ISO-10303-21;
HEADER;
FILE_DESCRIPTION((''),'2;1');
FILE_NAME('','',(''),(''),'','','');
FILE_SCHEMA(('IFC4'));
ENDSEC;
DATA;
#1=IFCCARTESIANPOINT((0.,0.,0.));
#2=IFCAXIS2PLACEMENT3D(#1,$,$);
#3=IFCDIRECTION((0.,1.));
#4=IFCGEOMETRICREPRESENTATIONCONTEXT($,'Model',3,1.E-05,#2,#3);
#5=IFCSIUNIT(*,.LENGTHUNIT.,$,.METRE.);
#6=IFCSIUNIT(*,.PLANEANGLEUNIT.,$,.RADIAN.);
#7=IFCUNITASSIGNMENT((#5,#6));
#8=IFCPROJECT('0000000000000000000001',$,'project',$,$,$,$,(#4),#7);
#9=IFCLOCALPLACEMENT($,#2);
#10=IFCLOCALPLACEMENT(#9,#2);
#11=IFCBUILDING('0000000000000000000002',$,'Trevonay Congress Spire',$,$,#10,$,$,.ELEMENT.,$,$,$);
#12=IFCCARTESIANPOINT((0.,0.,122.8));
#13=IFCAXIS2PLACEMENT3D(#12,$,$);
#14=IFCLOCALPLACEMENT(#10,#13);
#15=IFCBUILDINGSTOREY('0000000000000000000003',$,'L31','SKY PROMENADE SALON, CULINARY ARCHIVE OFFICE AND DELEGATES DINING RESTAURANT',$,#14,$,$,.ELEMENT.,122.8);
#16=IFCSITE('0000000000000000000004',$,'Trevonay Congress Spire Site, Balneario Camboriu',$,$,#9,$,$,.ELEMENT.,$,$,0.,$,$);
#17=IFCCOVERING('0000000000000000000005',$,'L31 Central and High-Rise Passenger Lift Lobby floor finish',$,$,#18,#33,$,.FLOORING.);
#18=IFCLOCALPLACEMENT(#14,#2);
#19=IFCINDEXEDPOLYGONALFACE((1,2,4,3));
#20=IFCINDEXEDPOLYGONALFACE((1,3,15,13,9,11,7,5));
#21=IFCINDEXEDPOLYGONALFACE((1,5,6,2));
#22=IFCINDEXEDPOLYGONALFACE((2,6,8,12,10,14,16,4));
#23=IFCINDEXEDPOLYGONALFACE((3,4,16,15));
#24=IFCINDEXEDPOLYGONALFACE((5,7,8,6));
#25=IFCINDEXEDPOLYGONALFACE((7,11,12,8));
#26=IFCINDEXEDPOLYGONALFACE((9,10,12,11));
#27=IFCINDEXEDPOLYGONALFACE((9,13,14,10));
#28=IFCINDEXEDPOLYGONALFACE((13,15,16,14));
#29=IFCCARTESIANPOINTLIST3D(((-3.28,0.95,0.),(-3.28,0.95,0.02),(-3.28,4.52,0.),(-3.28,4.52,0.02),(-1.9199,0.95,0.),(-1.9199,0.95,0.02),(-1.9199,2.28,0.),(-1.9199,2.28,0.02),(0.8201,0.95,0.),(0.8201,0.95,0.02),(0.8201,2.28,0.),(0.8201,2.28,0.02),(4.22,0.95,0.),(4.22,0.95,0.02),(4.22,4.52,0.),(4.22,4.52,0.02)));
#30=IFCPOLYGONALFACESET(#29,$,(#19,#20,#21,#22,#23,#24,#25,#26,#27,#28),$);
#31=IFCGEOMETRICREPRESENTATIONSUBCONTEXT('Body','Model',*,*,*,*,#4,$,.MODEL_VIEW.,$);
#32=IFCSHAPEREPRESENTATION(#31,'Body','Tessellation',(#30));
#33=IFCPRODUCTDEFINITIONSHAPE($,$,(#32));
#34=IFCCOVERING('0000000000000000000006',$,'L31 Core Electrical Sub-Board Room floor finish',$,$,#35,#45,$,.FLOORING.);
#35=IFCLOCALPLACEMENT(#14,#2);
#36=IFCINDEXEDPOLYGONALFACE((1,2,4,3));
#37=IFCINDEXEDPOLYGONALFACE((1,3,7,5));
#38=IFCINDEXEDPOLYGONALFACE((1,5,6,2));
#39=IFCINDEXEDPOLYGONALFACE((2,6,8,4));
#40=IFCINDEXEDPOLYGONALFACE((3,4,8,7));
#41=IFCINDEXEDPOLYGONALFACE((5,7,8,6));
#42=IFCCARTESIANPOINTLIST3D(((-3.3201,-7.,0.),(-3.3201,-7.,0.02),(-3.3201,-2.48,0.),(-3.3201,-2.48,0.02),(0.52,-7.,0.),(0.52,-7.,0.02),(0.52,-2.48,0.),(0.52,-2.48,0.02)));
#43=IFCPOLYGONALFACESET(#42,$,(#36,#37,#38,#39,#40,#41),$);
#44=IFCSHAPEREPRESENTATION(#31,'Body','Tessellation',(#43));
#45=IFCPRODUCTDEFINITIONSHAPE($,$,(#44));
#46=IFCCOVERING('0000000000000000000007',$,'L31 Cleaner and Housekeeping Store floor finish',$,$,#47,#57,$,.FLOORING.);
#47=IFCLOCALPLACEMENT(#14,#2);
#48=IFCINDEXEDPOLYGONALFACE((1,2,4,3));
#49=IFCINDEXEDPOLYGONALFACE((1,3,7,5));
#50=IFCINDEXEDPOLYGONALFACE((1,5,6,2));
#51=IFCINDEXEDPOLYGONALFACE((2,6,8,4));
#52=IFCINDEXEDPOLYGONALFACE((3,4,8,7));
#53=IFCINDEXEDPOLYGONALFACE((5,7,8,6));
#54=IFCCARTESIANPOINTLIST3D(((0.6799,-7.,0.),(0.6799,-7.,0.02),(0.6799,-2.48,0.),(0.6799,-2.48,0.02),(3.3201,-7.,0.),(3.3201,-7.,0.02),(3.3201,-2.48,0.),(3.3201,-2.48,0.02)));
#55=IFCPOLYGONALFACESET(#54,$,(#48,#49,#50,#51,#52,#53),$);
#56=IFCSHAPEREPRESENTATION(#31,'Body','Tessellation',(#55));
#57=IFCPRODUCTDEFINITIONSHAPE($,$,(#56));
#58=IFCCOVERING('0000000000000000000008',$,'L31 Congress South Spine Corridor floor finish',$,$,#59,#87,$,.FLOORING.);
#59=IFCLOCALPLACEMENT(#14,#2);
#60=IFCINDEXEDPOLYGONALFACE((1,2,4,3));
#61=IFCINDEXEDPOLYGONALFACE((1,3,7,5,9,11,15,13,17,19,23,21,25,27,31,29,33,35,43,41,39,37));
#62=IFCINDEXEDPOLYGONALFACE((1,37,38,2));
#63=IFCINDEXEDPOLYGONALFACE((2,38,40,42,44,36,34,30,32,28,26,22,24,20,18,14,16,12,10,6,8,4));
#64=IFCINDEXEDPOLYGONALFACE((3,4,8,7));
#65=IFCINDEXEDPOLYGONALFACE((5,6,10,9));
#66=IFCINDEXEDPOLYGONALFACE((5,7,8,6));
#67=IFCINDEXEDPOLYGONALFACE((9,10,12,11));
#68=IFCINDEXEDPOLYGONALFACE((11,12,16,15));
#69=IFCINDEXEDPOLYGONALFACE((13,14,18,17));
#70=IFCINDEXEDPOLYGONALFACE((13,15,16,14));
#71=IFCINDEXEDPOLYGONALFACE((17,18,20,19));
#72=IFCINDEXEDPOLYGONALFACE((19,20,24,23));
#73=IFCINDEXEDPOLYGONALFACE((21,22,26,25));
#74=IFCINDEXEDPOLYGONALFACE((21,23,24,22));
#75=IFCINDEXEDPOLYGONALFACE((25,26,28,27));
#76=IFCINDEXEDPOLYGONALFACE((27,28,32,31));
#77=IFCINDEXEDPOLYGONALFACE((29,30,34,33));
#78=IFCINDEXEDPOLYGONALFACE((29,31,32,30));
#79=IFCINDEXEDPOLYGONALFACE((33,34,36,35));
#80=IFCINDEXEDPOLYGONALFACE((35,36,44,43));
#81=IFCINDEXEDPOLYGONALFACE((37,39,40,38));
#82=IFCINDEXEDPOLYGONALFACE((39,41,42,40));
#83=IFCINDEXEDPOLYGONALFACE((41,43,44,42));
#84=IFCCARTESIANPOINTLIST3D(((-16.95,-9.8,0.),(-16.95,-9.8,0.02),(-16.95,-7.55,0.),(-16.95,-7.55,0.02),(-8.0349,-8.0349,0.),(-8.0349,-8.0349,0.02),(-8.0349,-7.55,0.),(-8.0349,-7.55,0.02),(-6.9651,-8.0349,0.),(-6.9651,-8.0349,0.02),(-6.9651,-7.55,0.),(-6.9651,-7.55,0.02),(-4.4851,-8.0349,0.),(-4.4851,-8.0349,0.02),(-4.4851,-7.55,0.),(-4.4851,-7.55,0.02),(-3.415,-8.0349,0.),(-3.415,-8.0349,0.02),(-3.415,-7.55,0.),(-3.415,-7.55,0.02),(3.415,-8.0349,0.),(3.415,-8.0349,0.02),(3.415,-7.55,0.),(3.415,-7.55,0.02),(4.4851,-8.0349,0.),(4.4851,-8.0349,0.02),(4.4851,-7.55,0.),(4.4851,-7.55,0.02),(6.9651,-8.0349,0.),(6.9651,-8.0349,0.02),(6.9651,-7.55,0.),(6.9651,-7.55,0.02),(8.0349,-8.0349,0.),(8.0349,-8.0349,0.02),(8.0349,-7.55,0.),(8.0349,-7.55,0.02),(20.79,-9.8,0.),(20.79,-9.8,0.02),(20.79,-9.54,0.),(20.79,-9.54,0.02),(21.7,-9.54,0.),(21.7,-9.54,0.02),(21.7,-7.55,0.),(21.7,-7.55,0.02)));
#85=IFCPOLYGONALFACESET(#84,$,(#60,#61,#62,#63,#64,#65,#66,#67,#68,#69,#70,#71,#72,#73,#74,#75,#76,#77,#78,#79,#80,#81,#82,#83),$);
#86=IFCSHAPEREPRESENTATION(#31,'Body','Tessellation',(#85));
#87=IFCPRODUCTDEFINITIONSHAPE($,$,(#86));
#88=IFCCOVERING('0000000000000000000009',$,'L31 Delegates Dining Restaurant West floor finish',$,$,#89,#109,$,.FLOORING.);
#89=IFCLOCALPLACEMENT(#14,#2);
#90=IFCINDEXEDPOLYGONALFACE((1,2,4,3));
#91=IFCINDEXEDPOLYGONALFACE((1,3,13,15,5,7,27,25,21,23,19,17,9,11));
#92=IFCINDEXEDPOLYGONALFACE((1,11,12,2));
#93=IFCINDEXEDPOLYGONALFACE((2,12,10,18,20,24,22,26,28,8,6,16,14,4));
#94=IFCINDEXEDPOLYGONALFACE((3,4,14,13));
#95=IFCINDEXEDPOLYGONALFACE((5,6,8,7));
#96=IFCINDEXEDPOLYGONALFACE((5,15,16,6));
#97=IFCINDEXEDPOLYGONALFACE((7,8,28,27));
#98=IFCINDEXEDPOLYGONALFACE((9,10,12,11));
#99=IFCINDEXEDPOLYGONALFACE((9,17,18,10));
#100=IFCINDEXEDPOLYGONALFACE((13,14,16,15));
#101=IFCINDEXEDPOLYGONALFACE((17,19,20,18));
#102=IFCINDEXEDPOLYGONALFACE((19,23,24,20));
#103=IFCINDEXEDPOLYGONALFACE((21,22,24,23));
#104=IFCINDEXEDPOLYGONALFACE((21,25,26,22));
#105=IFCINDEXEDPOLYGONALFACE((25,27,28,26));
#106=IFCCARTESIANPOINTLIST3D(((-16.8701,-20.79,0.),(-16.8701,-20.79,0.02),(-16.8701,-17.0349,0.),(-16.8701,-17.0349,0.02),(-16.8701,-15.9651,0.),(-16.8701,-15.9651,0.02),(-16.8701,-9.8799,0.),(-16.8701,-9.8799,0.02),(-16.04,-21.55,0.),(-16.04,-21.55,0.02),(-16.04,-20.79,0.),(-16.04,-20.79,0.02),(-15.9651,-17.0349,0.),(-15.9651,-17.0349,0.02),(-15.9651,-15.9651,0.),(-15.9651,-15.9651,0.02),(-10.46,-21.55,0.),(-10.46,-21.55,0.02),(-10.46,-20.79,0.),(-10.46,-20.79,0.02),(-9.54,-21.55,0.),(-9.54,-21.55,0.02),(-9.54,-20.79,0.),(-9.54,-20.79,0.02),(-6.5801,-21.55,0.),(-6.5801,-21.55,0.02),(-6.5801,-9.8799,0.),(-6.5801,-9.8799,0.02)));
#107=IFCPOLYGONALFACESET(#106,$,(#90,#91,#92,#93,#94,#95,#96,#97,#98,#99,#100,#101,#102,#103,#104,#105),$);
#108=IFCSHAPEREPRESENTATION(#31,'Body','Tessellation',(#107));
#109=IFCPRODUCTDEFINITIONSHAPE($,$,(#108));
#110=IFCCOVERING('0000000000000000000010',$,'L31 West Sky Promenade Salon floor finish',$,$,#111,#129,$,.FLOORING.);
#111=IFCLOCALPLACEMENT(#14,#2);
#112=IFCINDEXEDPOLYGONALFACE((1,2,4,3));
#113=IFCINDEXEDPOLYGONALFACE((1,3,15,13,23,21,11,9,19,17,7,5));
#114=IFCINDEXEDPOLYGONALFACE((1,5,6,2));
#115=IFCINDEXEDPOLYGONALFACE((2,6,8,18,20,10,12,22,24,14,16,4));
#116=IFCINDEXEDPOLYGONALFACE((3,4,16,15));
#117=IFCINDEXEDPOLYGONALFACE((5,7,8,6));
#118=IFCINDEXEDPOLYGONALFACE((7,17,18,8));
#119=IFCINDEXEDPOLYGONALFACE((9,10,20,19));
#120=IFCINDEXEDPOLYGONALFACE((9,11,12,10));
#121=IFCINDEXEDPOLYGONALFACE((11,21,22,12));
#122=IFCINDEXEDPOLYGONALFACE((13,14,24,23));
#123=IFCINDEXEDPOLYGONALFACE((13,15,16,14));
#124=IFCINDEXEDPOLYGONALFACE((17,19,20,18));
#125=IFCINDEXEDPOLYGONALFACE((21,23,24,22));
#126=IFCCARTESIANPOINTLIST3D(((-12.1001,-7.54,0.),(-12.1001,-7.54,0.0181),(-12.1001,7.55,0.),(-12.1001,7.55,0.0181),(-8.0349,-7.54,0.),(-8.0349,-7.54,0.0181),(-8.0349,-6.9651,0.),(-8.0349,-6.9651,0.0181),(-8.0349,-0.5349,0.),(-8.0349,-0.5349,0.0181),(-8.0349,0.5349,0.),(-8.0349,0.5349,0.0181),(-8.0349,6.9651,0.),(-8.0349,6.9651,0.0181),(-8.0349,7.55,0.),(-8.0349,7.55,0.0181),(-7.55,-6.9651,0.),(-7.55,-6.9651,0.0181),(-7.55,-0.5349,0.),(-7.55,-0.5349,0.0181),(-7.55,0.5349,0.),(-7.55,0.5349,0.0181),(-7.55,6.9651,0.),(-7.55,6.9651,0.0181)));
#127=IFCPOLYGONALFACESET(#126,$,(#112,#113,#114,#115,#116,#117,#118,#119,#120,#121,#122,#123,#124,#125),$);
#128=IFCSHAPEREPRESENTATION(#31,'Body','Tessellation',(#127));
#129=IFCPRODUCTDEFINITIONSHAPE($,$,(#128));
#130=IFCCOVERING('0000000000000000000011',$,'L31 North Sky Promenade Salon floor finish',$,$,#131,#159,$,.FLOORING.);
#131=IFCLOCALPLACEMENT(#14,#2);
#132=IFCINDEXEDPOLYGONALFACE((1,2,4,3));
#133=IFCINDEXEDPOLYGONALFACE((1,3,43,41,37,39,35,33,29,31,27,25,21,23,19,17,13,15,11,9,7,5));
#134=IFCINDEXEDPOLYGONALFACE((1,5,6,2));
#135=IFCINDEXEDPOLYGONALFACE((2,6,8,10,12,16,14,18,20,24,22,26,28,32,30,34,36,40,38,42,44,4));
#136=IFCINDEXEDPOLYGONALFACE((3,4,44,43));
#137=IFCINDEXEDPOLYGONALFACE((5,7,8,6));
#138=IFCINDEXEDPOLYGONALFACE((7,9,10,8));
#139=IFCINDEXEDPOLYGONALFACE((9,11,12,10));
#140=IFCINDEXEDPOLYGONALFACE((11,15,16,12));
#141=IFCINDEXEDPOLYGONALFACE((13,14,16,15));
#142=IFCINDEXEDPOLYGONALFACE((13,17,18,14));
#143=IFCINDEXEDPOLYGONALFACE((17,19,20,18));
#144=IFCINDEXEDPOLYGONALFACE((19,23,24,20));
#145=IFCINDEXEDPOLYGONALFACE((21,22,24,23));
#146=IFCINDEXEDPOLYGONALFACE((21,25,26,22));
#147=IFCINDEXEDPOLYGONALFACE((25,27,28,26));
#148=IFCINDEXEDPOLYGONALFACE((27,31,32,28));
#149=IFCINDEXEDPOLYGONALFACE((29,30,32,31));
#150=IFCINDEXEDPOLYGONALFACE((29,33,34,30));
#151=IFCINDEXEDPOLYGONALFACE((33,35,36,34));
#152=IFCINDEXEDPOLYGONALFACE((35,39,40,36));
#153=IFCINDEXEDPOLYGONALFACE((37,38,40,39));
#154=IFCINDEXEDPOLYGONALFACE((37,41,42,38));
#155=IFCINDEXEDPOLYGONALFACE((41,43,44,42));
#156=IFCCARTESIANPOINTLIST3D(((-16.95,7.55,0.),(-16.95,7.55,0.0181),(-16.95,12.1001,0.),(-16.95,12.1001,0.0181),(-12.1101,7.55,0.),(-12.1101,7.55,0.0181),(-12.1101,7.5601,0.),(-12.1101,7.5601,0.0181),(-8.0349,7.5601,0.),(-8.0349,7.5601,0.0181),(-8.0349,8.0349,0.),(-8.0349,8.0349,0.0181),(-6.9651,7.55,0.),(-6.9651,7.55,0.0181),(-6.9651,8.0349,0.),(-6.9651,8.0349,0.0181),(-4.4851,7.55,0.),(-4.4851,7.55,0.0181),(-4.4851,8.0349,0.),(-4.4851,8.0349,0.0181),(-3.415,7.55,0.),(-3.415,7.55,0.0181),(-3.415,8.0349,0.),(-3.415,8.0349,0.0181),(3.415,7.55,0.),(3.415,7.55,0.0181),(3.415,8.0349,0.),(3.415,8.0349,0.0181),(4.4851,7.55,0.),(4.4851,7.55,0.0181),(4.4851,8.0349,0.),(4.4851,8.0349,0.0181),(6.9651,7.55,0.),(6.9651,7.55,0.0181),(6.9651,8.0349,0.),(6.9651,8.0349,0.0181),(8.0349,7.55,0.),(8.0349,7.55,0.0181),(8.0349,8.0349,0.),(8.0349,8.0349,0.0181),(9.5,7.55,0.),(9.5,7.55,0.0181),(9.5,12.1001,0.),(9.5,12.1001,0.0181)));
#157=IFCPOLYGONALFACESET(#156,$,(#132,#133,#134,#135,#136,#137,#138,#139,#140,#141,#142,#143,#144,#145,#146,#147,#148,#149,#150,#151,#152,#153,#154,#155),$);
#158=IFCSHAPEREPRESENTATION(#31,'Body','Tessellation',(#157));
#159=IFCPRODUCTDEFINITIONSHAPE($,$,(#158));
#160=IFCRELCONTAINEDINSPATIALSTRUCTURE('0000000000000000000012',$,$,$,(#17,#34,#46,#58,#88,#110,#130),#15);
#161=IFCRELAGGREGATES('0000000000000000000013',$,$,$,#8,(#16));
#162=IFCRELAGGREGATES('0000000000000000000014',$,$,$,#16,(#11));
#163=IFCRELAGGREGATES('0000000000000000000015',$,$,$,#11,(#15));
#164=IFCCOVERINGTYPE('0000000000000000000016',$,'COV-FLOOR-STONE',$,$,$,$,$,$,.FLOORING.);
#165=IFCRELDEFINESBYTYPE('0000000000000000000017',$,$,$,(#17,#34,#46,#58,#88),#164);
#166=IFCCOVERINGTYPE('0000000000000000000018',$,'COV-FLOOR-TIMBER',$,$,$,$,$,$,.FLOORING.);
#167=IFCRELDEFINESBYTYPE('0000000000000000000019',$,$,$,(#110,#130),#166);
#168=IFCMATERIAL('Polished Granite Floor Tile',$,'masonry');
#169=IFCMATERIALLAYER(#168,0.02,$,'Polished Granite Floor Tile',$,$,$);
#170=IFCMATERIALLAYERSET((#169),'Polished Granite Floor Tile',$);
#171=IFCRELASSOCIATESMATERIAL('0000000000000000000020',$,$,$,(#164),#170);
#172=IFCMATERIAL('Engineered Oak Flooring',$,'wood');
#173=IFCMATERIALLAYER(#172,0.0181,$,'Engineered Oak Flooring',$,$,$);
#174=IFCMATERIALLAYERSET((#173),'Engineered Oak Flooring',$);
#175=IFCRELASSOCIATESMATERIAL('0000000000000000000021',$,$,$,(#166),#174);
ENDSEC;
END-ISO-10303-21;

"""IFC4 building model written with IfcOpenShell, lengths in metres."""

from ifc_helpers import new_model, si_unit, direction, frame, origin, place, context, subcontext, project, spatial, polyline, outline, extrude, material, layer, layer_set, type_object, element, save


model = new_model("IFC4")

# Units and contexts
model_context = context("Model", 3, precision=1e-05, world=origin(), true_north=direction((0.0, 1.0)))
body_context = subcontext(model_context, "Body", "Model", "MODEL_VIEW")
ifc_project = project(units=[si_unit("LENGTHUNIT", "METRE"), si_unit("PLANEANGLEUNIT", "RADIAN")], contexts=[model_context])

# Site, building, storey
site_placement = place(None, origin())
site = spatial("IfcSite", under=ifc_project, at=site_placement, Name="Trevonay Congress Spire Site, Balneario Camboriu", CompositionType="ELEMENT", RefElevation=0.0)
building_placement = place(site_placement, origin())
building = spatial("IfcBuilding", under=site, at=building_placement, Name="Trevonay Congress Spire", CompositionType="ELEMENT")
storey_placement = place(building_placement, frame((0.0, 0.0, 122.8)))
storey = spatial("IfcBuildingStorey", under=building, at=storey_placement, Name="L31", Description="SKY PROMENADE SALON, CULINARY ARCHIVE OFFICE AND DELEGATES DINING RESTAURANT", CompositionType="ELEMENT", Elevation=122.8)

# Coverings
ifc_material_1 = material(Name="Polished Granite Floor Tile", Category="masonry")
ifc_layer_1 = layer(ifc_material_1, 0.02, Name="Polished Granite Floor Tile")
ifc_layer_set_1 = layer_set([ifc_layer_1], Name="Polished Granite Floor Tile")
covering_type_1 = type_object("IfcCoveringType", Name="COV-FLOOR-STONE", PredefinedType="FLOORING", material=ifc_layer_set_1)
covering_1_placement = place(storey_placement, origin())
element("IfcCovering", 1, at=covering_1_placement, inside=storey, type_object=covering_type_1, Name="L31 Central and High-Rise Passenger Lift Lobby floor finish", PredefinedType="FLOORING", context=body_context, shape_type="SweptSolid", body=[
    extrude(outline(polyline([(-3.28, 0.95), (-1.9199, 0.95), (-1.9199, 2.28), (0.8201, 2.28), (0.8201, 0.95), (4.22, 0.95), (4.22, 4.52), (-3.28, 4.52), (-3.28, 0.95)])), origin(), (0.0, 0.0, 1.0), 0.02),
])
covering_2_placement = place(storey_placement, origin())
element("IfcCovering", 2, at=covering_2_placement, inside=storey, type_object=covering_type_1, Name="L31 Core Electrical Sub-Board Room floor finish", PredefinedType="FLOORING", context=body_context, shape_type="SweptSolid", body=[
    extrude(outline(polyline([(-3.3201, -7.0), (0.52, -7.0), (0.52, -2.48), (-3.3201, -2.48), (-3.3201, -7.0)])), origin(), (0.0, 0.0, 1.0), 0.02),
])
covering_3_placement = place(storey_placement, origin())
element("IfcCovering", 3, at=covering_3_placement, inside=storey, type_object=covering_type_1, Name="L31 Cleaner and Housekeeping Store floor finish", PredefinedType="FLOORING", context=body_context, shape_type="SweptSolid", body=[
    extrude(outline(polyline([(0.6799, -7.0), (3.3201, -7.0), (3.3201, -2.48), (0.6799, -2.48), (0.6799, -7.0)])), origin(), (0.0, 0.0, 1.0), 0.02),
])
covering_4_placement = place(storey_placement, origin())
element("IfcCovering", 4, at=covering_4_placement, inside=storey, type_object=covering_type_1, Name="L31 Congress South Spine Corridor floor finish", PredefinedType="FLOORING", context=body_context, shape_type="SweptSolid", body=[
    extrude(outline(polyline([(-16.95, -9.8), (-16.95, -7.55), (-8.0349, -7.55), (-8.0349, -8.0349), (-6.9651, -8.0349), (-6.9651, -7.55), (-4.4851, -7.55), (-4.4851, -8.0349), (-3.415, -8.0349), (-3.415, -7.55), (3.415, -7.55), (3.415, -8.0349), (4.4851, -8.0349), (4.4851, -7.55), (6.9651, -7.55), (6.9651, -8.0349), (8.0349, -8.0349), (8.0349, -7.55), (21.7, -7.55), (21.7, -9.54), (20.79, -9.54), (20.79, -9.8), (-16.95, -9.8)])), origin(), (0.0, 0.0, 1.0), 0.02),
])
covering_5_placement = place(storey_placement, origin())
element("IfcCovering", 5, at=covering_5_placement, inside=storey, type_object=covering_type_1, Name="L31 Delegates Dining Restaurant West floor finish", PredefinedType="FLOORING", context=body_context, shape_type="SweptSolid", body=[
    extrude(outline(polyline([(-16.04, -21.55), (-16.04, -20.79), (-16.8701, -20.79), (-16.8701, -17.0349), (-15.9651, -17.0349), (-15.9651, -15.9651), (-16.8701, -15.9651), (-16.8701, -9.8799), (-6.5801, -9.8799), (-6.5801, -21.55), (-9.54, -21.55), (-9.54, -20.79), (-10.46, -20.79), (-10.46, -21.55), (-16.04, -21.55)])), origin(), (0.0, 0.0, 1.0), 0.02),
])
ifc_material_2 = material(Name="Engineered Oak Flooring", Category="wood")
ifc_layer_2 = layer(ifc_material_2, 0.0181, Name="Engineered Oak Flooring")
ifc_layer_set_2 = layer_set([ifc_layer_2], Name="Engineered Oak Flooring")
covering_type_2 = type_object("IfcCoveringType", Name="COV-FLOOR-TIMBER", PredefinedType="FLOORING", material=ifc_layer_set_2)
covering_6_placement = place(storey_placement, origin())
element("IfcCovering", 6, at=covering_6_placement, inside=storey, type_object=covering_type_2, Name="L31 West Sky Promenade Salon floor finish", PredefinedType="FLOORING", context=body_context, shape_type="SweptSolid", body=[
    extrude(outline(polyline([(-12.1001, 7.55), (-8.0349, 7.55), (-8.0349, 6.9651), (-7.55, 6.9651), (-7.55, 0.5349), (-8.0349, 0.5349), (-8.0349, -0.5349), (-7.55, -0.5349), (-7.55, -6.9651), (-8.0349, -6.9651), (-8.0349, -7.54), (-12.1001, -7.54), (-12.1001, 7.55)])), origin(), (0.0, 0.0, 1.0), 0.0181),
])
covering_7_placement = place(storey_placement, origin())
element("IfcCovering", 7, at=covering_7_placement, inside=storey, type_object=covering_type_2, Name="L31 North Sky Promenade Salon floor finish", PredefinedType="FLOORING", context=body_context, shape_type="SweptSolid", body=[
    extrude(outline(polyline([(-16.95, 12.1001), (9.5, 12.1001), (9.5, 7.55), (8.0349, 7.55), (8.0349, 8.0349), (6.9651, 8.0349), (6.9651, 7.55), (4.4851, 7.55), (4.4851, 8.0349), (3.415, 8.0349), (3.415, 7.55), (-3.415, 7.55), (-3.415, 8.0349), (-4.4851, 8.0349), (-4.4851, 7.55), (-6.9651, 7.55), (-6.9651, 8.0349), (-8.0349, 8.0349), (-8.0349, 7.5601), (-12.1101, 7.5601), (-12.1101, 7.55), (-16.95, 7.55), (-16.95, 12.1001)])), origin(), (0.0, 0.0, 1.0), 0.0181),
])

save(model, "model.ifc")
